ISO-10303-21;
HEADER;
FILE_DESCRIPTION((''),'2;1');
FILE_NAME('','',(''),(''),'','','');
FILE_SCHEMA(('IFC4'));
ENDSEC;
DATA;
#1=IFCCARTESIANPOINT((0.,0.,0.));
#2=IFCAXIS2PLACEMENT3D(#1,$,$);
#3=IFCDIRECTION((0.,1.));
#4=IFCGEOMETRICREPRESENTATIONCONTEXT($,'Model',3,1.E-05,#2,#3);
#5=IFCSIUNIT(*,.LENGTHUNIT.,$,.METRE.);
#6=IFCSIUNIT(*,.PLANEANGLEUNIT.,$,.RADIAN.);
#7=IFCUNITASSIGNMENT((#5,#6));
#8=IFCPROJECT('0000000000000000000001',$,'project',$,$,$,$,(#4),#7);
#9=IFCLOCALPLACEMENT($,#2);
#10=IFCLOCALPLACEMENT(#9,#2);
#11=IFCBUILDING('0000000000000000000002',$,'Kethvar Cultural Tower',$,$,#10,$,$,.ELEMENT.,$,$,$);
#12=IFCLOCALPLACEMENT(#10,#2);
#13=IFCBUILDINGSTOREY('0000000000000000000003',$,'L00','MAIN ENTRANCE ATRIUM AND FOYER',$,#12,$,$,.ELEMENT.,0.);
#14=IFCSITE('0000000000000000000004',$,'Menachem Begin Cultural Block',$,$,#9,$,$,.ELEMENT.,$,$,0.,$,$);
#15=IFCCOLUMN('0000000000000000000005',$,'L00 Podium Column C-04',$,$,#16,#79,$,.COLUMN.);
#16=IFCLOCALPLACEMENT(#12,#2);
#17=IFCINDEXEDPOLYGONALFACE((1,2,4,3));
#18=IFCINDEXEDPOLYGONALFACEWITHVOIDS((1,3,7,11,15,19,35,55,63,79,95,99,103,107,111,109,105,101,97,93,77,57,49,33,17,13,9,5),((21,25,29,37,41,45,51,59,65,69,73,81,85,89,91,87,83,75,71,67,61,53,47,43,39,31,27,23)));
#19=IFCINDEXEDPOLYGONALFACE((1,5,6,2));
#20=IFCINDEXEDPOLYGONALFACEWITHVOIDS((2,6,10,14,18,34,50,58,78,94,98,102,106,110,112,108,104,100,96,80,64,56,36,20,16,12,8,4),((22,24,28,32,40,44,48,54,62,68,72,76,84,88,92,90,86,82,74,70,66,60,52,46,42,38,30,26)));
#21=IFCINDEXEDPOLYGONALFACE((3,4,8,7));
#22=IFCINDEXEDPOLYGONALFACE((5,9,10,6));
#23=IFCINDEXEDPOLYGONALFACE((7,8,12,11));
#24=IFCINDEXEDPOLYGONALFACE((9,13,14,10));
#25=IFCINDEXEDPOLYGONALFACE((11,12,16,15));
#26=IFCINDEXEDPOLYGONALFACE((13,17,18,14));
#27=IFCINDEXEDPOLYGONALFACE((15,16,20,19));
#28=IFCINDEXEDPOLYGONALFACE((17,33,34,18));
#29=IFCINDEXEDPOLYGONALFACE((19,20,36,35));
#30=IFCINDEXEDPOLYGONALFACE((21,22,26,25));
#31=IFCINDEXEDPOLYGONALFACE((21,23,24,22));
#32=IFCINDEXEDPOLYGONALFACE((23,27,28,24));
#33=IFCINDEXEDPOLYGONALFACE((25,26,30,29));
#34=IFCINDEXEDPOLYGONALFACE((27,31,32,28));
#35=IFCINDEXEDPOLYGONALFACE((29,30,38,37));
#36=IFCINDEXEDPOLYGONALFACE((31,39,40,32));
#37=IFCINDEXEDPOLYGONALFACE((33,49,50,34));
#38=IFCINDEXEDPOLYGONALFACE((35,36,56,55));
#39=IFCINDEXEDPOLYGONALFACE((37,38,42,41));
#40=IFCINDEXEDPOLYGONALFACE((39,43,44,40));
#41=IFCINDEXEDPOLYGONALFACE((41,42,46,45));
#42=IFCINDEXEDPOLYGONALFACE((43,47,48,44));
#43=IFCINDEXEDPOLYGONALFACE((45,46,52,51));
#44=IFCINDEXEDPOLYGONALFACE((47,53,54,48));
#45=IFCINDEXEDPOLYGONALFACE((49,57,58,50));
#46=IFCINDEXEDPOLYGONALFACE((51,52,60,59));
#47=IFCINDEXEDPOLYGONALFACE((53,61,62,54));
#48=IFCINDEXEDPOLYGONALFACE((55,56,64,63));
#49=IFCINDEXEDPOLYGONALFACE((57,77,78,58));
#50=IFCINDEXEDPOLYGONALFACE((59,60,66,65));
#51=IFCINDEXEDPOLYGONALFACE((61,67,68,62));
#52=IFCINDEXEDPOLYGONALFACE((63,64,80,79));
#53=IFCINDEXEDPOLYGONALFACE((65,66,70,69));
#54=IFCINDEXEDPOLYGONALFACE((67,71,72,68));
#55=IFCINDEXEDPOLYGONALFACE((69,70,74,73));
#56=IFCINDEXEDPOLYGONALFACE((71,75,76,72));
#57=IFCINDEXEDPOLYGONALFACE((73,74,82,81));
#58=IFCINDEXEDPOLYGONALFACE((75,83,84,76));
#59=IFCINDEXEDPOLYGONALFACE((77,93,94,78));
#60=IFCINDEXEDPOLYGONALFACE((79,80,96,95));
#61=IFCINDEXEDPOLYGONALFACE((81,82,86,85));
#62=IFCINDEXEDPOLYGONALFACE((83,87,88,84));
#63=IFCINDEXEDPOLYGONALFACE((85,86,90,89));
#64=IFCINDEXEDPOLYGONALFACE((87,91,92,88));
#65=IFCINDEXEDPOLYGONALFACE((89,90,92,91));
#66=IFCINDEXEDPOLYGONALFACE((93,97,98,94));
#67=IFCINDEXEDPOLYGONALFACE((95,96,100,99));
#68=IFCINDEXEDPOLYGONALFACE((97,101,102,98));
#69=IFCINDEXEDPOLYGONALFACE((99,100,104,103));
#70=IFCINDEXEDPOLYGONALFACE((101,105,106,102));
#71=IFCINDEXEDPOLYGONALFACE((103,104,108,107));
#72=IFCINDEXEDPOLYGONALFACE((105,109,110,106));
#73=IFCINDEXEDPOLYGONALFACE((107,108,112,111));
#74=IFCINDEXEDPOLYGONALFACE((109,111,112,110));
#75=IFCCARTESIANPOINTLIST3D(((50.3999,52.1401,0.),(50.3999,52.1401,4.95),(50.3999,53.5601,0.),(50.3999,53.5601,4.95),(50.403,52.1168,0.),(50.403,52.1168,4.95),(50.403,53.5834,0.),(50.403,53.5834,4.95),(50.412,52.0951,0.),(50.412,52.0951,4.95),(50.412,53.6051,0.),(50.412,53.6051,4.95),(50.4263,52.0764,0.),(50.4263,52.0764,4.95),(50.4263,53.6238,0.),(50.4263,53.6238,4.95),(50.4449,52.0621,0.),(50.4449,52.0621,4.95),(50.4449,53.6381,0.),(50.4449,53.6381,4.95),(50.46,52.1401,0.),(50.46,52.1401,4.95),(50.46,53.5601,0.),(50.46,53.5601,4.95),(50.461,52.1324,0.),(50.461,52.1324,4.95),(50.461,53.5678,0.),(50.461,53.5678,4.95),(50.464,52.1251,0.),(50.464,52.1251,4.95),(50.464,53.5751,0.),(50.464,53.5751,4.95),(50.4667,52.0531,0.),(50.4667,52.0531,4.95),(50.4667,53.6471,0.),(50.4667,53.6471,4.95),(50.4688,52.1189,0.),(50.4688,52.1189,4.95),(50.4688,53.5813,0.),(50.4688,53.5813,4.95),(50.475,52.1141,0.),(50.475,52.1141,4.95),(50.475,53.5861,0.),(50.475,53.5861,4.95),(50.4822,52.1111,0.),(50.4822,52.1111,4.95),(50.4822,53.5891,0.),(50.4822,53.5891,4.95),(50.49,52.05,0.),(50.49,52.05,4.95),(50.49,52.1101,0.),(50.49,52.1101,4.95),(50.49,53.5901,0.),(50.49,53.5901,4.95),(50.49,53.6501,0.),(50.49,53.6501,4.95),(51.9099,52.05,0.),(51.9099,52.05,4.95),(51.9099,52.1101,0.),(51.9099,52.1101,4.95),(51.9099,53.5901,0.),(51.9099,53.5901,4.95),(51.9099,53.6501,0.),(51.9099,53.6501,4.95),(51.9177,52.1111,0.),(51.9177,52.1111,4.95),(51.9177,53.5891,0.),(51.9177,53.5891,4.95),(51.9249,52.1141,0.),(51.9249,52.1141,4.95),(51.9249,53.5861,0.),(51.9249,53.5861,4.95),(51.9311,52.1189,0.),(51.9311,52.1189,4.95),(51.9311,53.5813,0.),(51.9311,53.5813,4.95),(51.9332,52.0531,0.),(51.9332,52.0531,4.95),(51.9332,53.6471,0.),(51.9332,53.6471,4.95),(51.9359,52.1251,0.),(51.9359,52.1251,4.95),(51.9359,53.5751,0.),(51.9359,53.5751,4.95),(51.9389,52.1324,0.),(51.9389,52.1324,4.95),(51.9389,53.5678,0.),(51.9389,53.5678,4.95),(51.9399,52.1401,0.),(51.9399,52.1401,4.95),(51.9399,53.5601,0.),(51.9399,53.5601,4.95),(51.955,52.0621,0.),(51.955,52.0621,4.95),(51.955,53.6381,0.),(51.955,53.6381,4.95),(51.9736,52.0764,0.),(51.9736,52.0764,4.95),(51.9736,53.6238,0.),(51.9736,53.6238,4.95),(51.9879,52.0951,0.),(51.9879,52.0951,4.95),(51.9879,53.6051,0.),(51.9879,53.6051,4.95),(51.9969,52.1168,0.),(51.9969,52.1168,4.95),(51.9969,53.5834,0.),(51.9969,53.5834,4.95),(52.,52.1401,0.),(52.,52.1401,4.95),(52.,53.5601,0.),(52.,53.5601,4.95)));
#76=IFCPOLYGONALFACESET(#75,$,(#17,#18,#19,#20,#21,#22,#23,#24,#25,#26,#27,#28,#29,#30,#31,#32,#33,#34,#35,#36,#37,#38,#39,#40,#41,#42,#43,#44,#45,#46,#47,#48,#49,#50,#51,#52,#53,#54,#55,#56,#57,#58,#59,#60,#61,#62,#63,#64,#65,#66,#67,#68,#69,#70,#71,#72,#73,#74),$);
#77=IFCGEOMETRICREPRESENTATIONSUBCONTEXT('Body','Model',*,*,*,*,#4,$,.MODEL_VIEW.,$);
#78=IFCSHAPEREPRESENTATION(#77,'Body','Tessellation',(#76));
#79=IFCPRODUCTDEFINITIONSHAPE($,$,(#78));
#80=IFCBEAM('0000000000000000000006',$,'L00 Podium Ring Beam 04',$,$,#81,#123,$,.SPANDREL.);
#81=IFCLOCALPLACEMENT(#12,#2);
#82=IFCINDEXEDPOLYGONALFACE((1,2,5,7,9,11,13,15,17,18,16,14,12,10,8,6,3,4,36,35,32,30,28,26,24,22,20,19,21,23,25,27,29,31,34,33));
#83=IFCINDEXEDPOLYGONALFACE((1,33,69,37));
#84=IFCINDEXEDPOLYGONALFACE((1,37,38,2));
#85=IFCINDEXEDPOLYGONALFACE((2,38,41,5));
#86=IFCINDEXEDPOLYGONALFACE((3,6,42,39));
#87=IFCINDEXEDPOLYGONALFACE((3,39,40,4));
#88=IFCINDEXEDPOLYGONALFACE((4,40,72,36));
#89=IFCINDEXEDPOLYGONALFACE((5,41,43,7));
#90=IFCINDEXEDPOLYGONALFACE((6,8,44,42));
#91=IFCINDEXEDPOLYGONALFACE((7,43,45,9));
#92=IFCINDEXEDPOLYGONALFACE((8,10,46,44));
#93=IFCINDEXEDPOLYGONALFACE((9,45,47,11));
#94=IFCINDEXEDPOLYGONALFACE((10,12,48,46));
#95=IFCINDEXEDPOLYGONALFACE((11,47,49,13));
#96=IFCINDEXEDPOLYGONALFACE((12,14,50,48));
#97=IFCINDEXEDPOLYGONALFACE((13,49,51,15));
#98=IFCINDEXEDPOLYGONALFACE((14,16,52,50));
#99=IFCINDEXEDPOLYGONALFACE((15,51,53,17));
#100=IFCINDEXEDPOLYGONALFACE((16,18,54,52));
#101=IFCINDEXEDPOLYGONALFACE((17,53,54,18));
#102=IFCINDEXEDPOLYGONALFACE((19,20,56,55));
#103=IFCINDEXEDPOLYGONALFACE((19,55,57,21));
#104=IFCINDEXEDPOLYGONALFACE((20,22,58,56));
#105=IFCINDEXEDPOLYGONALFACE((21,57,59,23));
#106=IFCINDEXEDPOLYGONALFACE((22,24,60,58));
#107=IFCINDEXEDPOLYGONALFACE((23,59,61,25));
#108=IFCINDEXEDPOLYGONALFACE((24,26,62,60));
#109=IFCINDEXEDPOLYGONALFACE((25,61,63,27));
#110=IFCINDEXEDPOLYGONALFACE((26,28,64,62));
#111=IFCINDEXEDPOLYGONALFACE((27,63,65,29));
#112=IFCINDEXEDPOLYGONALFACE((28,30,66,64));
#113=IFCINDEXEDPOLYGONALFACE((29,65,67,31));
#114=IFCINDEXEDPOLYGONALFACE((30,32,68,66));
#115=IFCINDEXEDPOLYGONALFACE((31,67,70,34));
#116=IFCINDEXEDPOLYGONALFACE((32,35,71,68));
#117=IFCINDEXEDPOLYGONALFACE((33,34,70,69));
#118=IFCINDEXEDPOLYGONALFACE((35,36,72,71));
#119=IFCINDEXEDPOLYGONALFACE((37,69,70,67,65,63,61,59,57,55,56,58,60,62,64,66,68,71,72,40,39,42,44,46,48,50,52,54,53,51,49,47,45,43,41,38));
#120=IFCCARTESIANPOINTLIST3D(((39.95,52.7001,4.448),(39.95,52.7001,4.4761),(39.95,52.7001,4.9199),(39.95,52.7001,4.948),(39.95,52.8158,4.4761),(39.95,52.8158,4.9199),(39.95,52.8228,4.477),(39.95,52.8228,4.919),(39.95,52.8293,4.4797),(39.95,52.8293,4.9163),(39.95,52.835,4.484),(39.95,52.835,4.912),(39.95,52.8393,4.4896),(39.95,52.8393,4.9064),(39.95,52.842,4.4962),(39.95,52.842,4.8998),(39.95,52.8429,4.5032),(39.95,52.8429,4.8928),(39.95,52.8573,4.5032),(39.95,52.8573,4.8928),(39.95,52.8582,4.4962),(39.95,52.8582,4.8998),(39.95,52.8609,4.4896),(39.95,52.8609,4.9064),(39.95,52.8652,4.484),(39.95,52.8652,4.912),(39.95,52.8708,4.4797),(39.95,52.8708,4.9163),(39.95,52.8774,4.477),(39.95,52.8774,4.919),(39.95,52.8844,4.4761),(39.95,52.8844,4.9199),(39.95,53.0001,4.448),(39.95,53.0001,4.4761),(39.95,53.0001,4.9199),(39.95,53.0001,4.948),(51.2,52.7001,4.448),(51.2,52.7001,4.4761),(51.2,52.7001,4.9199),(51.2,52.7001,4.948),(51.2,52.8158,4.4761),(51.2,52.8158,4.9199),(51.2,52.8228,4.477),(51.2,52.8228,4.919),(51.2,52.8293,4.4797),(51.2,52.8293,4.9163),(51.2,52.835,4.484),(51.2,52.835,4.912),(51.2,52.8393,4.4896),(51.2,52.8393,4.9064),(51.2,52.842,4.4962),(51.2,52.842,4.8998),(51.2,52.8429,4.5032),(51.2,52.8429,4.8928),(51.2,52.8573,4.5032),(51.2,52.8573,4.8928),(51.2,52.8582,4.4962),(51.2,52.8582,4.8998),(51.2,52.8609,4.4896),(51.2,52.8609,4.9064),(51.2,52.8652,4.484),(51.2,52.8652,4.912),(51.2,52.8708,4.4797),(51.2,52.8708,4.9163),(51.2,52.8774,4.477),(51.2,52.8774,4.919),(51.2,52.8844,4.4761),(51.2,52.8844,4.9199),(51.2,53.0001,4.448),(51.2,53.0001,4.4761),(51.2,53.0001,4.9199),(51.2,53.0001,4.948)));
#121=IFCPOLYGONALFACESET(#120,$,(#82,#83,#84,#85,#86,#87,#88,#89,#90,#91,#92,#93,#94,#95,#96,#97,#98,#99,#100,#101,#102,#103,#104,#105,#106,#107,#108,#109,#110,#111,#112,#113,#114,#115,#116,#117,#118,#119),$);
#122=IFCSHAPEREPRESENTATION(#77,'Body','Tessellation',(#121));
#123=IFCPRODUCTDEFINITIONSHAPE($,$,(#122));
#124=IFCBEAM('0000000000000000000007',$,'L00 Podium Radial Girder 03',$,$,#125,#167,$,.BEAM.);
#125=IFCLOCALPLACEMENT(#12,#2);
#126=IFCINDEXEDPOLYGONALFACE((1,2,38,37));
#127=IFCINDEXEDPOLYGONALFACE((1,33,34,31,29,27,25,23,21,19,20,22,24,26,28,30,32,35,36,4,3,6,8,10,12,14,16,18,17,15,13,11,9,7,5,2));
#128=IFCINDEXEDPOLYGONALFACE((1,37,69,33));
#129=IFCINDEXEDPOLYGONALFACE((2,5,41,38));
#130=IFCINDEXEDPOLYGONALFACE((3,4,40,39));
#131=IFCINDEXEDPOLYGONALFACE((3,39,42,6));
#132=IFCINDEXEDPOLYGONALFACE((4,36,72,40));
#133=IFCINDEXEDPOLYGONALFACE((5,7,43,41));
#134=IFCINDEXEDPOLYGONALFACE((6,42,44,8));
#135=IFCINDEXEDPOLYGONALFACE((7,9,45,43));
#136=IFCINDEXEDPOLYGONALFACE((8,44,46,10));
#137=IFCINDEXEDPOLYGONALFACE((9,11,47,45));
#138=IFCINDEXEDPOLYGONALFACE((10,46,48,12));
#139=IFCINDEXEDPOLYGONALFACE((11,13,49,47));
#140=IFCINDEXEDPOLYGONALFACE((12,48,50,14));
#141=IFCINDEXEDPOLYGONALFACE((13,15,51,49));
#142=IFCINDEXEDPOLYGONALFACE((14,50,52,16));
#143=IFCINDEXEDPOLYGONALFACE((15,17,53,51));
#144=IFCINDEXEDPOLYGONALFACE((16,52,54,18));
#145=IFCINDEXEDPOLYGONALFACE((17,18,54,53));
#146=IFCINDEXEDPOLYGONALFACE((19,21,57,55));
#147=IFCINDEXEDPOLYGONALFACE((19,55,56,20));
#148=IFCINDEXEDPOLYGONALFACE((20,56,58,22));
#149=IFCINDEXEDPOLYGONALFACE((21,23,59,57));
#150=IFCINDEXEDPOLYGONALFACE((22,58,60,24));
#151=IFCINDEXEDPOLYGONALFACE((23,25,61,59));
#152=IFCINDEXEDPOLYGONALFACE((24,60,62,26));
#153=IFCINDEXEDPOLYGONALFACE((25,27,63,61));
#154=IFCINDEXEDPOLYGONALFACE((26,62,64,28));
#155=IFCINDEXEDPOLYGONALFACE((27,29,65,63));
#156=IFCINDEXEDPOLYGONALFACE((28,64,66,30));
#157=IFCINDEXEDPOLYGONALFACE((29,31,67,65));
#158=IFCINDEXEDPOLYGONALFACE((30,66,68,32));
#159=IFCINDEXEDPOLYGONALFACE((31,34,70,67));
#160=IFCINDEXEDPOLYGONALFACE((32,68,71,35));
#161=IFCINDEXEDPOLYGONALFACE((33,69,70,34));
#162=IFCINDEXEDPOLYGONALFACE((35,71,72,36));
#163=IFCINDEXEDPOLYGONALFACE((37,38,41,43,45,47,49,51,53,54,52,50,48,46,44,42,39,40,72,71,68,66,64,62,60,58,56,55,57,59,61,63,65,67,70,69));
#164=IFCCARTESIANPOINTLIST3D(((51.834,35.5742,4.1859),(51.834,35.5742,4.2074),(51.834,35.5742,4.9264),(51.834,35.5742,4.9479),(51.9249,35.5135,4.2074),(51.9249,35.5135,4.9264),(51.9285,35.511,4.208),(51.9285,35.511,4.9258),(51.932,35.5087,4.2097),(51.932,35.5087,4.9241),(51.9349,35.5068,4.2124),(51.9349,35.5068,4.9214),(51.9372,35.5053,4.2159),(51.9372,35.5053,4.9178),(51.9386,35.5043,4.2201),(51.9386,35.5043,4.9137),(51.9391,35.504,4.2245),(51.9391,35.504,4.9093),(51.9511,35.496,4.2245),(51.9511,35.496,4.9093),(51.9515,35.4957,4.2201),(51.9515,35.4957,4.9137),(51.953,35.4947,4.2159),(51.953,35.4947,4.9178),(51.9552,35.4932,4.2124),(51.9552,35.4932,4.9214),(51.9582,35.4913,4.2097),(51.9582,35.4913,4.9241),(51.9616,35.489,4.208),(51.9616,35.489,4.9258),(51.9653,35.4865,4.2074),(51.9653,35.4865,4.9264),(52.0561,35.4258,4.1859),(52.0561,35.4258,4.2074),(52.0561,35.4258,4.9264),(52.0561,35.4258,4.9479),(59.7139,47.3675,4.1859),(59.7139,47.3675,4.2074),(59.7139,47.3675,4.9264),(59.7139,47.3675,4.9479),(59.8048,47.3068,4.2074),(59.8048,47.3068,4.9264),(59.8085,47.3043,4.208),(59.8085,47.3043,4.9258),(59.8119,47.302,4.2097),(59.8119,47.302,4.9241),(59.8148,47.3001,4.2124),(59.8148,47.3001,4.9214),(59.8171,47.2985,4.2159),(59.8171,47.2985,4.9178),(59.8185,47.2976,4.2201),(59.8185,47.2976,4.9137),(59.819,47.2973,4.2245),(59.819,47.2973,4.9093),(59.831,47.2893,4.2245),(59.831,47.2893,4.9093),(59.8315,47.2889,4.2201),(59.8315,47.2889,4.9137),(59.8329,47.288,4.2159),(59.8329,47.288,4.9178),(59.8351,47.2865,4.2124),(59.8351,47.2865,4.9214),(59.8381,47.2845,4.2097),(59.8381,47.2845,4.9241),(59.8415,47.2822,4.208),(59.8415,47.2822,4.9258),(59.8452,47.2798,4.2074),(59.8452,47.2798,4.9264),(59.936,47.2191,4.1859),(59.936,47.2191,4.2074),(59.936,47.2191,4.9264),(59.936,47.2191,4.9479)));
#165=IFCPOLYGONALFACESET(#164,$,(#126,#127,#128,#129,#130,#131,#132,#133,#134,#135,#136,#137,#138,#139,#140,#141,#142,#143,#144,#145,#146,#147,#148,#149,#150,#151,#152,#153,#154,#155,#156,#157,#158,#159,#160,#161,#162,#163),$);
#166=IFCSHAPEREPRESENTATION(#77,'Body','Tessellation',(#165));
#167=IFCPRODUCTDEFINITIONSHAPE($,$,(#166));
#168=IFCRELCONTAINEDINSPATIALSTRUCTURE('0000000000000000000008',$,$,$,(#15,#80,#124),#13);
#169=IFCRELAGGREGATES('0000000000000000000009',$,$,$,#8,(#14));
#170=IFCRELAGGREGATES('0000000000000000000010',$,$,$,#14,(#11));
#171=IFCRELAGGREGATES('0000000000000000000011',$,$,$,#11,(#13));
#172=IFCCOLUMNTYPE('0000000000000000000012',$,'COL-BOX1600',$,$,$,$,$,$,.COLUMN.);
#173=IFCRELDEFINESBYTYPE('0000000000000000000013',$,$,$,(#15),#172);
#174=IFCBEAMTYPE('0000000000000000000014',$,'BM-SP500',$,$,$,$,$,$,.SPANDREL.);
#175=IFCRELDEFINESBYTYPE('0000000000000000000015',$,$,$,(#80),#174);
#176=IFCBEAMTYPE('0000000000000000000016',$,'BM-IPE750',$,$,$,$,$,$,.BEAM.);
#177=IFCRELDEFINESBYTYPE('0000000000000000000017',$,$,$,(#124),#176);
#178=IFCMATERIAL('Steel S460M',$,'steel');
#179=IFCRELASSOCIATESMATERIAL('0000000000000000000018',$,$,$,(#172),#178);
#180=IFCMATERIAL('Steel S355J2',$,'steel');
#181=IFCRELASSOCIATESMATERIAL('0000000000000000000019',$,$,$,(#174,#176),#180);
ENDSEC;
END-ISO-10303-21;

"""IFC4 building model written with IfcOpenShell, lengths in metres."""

from ifc_helpers import new_model, si_unit, direction, frame, origin, origin_2d, place, context, subcontext, project, spatial, hollow_rectangle, i_section, extrude, source, transform, mapped, material, material_profile, profile_set, type_object, element, save


model = new_model("IFC4")

# Units and contexts
model_context = context("Model", 3, precision=1e-05, world=origin(), true_north=direction((0.0, 1.0)))
body_context = subcontext(model_context, "Body", "Model", "MODEL_VIEW")
ifc_project = project(units=[si_unit("LENGTHUNIT", "METRE"), si_unit("PLANEANGLEUNIT", "RADIAN")], contexts=[model_context])

# Site, building, storey
site_placement = place(None, origin())
site = spatial("IfcSite", under=ifc_project, at=site_placement, Name="Menachem Begin Cultural Block", CompositionType="ELEMENT", RefElevation=0.0)
building_placement = place(site_placement, origin())
building = spatial("IfcBuilding", under=site, at=building_placement, Name="Kethvar Cultural Tower", CompositionType="ELEMENT")
storey_placement = place(building_placement, origin())
storey = spatial("IfcBuildingStorey", under=building, at=storey_placement, Name="L00", Description="MAIN ENTRANCE ATRIUM AND FOYER", CompositionType="ELEMENT", Elevation=0.0)

# Column
ifc_material_1 = material(Name="Steel S460M", Category="steel")
ifc_material_profile_1 = material_profile(ifc_material_1, hollow_rectangle(XDim=1.6001, YDim=1.6001, WallThickness=0.0601, InnerFilletRadius=0.03, OuterFilletRadius=0.0901, at=origin_2d()), Name="Steel S460M — BOX1600x1600x60")
ifc_profile_set_1 = profile_set([ifc_material_profile_1], Name="Steel S460M — BOX1600x1600x60")
column_type = type_object("IfcColumnType", Name="COL-BOX1600", PredefinedType="COLUMN", material=ifc_profile_set_1)
shared_shape_1 = source(origin(), body_context, "Body", "SweptSolid", [
    extrude(hollow_rectangle(XDim=1.6001, YDim=1.6001, WallThickness=0.0601, InnerFilletRadius=0.03, OuterFilletRadius=0.0901, at=origin_2d()), origin(), (0.0, 0.0, 1.0), 4.95),
])
column_placement = place(storey_placement, frame((51.2, 52.8501, 0.0), z_axis=(0.0, 0.0, 1.0), x_axis=(1.0, 0.0, 0.0)))
element("IfcColumn", 1, at=column_placement, inside=storey, type_object=column_type, Name="L00 Podium Column C-04", PredefinedType="COLUMN", context=body_context, shape_type="MappedRepresentation", body=[
    mapped(shared_shape_1, transform((0.0, 0.0, 0.0), scale=1.0)),
])

# Beams
ifc_material_2 = material(Name="Steel S355J2", Category="steel")
ifc_material_profile_2 = material_profile(ifc_material_2, i_section(OverallWidth=0.3, OverallDepth=0.5, WebThickness=0.0144, FlangeThickness=0.0281, FilletRadius=0.0271, at=origin_2d()), Name="Steel S355J2 — HEB500")
ifc_profile_set_2 = profile_set([ifc_material_profile_2], Name="Steel S355J2 — HEB500")
beam_type_1 = type_object("IfcBeamType", Name="BM-SP500", PredefinedType="SPANDREL", material=ifc_profile_set_2)
shared_shape_2 = source(origin(), body_context, "Body", "SweptSolid", [
    extrude(i_section(OverallWidth=0.3, OverallDepth=0.5, WebThickness=0.0144, FlangeThickness=0.0281, FilletRadius=0.0271, at=origin_2d()), origin(), (0.0, 0.0, 1.0), 11.25),
])
beam_1_placement = place(storey_placement, frame((51.2, 52.8501, 4.698), z_axis=(-1.0, 0.0, 0.0), x_axis=(0.0, -1.0, 0.0)))
element("IfcBeam", 2, at=beam_1_placement, inside=storey, type_object=beam_type_1, Name="L00 Podium Ring Beam 04", PredefinedType="SPANDREL", context=body_context, shape_type="MappedRepresentation", body=[
    mapped(shared_shape_2, transform((0.0, 0.0, 0.0), scale=1.0)),
])
ifc_material_profile_3 = material_profile(ifc_material_2, i_section(OverallWidth=0.2671, OverallDepth=0.762, WebThickness=0.0144, FlangeThickness=0.0215, FilletRadius=0.0171, at=origin_2d()), Name="Steel S355J2 — IPE750x173")
ifc_profile_set_3 = profile_set([ifc_material_profile_3], Name="Steel S355J2 — IPE750x173")
beam_type_2 = type_object("IfcBeamType", Name="BM-IPE750", PredefinedType="BEAM", material=ifc_profile_set_3)
shared_shape_3 = source(origin(), body_context, "Body", "SweptSolid", [
    extrude(i_section(OverallWidth=0.2671, OverallDepth=0.762, WebThickness=0.0144, FlangeThickness=0.0215, FilletRadius=0.0171, at=origin_2d()), origin(), (0.0, 0.0, 1.0), 14.1836),
])
beam_2_placement = place(storey_placement, frame((51.9451, 35.5, 4.5669), z_axis=(0.555566, 0.831473, 0.0), x_axis=(-0.831473, 0.555566, 0.0)))
element("IfcBeam", 3, at=beam_2_placement, inside=storey, type_object=beam_type_2, Name="L00 Podium Radial Girder 03", PredefinedType="BEAM", context=body_context, shape_type="MappedRepresentation", body=[
    mapped(shared_shape_3, transform((0.0, 0.0, 0.0), scale=1.0)),
])

save(model, "model.ifc")
